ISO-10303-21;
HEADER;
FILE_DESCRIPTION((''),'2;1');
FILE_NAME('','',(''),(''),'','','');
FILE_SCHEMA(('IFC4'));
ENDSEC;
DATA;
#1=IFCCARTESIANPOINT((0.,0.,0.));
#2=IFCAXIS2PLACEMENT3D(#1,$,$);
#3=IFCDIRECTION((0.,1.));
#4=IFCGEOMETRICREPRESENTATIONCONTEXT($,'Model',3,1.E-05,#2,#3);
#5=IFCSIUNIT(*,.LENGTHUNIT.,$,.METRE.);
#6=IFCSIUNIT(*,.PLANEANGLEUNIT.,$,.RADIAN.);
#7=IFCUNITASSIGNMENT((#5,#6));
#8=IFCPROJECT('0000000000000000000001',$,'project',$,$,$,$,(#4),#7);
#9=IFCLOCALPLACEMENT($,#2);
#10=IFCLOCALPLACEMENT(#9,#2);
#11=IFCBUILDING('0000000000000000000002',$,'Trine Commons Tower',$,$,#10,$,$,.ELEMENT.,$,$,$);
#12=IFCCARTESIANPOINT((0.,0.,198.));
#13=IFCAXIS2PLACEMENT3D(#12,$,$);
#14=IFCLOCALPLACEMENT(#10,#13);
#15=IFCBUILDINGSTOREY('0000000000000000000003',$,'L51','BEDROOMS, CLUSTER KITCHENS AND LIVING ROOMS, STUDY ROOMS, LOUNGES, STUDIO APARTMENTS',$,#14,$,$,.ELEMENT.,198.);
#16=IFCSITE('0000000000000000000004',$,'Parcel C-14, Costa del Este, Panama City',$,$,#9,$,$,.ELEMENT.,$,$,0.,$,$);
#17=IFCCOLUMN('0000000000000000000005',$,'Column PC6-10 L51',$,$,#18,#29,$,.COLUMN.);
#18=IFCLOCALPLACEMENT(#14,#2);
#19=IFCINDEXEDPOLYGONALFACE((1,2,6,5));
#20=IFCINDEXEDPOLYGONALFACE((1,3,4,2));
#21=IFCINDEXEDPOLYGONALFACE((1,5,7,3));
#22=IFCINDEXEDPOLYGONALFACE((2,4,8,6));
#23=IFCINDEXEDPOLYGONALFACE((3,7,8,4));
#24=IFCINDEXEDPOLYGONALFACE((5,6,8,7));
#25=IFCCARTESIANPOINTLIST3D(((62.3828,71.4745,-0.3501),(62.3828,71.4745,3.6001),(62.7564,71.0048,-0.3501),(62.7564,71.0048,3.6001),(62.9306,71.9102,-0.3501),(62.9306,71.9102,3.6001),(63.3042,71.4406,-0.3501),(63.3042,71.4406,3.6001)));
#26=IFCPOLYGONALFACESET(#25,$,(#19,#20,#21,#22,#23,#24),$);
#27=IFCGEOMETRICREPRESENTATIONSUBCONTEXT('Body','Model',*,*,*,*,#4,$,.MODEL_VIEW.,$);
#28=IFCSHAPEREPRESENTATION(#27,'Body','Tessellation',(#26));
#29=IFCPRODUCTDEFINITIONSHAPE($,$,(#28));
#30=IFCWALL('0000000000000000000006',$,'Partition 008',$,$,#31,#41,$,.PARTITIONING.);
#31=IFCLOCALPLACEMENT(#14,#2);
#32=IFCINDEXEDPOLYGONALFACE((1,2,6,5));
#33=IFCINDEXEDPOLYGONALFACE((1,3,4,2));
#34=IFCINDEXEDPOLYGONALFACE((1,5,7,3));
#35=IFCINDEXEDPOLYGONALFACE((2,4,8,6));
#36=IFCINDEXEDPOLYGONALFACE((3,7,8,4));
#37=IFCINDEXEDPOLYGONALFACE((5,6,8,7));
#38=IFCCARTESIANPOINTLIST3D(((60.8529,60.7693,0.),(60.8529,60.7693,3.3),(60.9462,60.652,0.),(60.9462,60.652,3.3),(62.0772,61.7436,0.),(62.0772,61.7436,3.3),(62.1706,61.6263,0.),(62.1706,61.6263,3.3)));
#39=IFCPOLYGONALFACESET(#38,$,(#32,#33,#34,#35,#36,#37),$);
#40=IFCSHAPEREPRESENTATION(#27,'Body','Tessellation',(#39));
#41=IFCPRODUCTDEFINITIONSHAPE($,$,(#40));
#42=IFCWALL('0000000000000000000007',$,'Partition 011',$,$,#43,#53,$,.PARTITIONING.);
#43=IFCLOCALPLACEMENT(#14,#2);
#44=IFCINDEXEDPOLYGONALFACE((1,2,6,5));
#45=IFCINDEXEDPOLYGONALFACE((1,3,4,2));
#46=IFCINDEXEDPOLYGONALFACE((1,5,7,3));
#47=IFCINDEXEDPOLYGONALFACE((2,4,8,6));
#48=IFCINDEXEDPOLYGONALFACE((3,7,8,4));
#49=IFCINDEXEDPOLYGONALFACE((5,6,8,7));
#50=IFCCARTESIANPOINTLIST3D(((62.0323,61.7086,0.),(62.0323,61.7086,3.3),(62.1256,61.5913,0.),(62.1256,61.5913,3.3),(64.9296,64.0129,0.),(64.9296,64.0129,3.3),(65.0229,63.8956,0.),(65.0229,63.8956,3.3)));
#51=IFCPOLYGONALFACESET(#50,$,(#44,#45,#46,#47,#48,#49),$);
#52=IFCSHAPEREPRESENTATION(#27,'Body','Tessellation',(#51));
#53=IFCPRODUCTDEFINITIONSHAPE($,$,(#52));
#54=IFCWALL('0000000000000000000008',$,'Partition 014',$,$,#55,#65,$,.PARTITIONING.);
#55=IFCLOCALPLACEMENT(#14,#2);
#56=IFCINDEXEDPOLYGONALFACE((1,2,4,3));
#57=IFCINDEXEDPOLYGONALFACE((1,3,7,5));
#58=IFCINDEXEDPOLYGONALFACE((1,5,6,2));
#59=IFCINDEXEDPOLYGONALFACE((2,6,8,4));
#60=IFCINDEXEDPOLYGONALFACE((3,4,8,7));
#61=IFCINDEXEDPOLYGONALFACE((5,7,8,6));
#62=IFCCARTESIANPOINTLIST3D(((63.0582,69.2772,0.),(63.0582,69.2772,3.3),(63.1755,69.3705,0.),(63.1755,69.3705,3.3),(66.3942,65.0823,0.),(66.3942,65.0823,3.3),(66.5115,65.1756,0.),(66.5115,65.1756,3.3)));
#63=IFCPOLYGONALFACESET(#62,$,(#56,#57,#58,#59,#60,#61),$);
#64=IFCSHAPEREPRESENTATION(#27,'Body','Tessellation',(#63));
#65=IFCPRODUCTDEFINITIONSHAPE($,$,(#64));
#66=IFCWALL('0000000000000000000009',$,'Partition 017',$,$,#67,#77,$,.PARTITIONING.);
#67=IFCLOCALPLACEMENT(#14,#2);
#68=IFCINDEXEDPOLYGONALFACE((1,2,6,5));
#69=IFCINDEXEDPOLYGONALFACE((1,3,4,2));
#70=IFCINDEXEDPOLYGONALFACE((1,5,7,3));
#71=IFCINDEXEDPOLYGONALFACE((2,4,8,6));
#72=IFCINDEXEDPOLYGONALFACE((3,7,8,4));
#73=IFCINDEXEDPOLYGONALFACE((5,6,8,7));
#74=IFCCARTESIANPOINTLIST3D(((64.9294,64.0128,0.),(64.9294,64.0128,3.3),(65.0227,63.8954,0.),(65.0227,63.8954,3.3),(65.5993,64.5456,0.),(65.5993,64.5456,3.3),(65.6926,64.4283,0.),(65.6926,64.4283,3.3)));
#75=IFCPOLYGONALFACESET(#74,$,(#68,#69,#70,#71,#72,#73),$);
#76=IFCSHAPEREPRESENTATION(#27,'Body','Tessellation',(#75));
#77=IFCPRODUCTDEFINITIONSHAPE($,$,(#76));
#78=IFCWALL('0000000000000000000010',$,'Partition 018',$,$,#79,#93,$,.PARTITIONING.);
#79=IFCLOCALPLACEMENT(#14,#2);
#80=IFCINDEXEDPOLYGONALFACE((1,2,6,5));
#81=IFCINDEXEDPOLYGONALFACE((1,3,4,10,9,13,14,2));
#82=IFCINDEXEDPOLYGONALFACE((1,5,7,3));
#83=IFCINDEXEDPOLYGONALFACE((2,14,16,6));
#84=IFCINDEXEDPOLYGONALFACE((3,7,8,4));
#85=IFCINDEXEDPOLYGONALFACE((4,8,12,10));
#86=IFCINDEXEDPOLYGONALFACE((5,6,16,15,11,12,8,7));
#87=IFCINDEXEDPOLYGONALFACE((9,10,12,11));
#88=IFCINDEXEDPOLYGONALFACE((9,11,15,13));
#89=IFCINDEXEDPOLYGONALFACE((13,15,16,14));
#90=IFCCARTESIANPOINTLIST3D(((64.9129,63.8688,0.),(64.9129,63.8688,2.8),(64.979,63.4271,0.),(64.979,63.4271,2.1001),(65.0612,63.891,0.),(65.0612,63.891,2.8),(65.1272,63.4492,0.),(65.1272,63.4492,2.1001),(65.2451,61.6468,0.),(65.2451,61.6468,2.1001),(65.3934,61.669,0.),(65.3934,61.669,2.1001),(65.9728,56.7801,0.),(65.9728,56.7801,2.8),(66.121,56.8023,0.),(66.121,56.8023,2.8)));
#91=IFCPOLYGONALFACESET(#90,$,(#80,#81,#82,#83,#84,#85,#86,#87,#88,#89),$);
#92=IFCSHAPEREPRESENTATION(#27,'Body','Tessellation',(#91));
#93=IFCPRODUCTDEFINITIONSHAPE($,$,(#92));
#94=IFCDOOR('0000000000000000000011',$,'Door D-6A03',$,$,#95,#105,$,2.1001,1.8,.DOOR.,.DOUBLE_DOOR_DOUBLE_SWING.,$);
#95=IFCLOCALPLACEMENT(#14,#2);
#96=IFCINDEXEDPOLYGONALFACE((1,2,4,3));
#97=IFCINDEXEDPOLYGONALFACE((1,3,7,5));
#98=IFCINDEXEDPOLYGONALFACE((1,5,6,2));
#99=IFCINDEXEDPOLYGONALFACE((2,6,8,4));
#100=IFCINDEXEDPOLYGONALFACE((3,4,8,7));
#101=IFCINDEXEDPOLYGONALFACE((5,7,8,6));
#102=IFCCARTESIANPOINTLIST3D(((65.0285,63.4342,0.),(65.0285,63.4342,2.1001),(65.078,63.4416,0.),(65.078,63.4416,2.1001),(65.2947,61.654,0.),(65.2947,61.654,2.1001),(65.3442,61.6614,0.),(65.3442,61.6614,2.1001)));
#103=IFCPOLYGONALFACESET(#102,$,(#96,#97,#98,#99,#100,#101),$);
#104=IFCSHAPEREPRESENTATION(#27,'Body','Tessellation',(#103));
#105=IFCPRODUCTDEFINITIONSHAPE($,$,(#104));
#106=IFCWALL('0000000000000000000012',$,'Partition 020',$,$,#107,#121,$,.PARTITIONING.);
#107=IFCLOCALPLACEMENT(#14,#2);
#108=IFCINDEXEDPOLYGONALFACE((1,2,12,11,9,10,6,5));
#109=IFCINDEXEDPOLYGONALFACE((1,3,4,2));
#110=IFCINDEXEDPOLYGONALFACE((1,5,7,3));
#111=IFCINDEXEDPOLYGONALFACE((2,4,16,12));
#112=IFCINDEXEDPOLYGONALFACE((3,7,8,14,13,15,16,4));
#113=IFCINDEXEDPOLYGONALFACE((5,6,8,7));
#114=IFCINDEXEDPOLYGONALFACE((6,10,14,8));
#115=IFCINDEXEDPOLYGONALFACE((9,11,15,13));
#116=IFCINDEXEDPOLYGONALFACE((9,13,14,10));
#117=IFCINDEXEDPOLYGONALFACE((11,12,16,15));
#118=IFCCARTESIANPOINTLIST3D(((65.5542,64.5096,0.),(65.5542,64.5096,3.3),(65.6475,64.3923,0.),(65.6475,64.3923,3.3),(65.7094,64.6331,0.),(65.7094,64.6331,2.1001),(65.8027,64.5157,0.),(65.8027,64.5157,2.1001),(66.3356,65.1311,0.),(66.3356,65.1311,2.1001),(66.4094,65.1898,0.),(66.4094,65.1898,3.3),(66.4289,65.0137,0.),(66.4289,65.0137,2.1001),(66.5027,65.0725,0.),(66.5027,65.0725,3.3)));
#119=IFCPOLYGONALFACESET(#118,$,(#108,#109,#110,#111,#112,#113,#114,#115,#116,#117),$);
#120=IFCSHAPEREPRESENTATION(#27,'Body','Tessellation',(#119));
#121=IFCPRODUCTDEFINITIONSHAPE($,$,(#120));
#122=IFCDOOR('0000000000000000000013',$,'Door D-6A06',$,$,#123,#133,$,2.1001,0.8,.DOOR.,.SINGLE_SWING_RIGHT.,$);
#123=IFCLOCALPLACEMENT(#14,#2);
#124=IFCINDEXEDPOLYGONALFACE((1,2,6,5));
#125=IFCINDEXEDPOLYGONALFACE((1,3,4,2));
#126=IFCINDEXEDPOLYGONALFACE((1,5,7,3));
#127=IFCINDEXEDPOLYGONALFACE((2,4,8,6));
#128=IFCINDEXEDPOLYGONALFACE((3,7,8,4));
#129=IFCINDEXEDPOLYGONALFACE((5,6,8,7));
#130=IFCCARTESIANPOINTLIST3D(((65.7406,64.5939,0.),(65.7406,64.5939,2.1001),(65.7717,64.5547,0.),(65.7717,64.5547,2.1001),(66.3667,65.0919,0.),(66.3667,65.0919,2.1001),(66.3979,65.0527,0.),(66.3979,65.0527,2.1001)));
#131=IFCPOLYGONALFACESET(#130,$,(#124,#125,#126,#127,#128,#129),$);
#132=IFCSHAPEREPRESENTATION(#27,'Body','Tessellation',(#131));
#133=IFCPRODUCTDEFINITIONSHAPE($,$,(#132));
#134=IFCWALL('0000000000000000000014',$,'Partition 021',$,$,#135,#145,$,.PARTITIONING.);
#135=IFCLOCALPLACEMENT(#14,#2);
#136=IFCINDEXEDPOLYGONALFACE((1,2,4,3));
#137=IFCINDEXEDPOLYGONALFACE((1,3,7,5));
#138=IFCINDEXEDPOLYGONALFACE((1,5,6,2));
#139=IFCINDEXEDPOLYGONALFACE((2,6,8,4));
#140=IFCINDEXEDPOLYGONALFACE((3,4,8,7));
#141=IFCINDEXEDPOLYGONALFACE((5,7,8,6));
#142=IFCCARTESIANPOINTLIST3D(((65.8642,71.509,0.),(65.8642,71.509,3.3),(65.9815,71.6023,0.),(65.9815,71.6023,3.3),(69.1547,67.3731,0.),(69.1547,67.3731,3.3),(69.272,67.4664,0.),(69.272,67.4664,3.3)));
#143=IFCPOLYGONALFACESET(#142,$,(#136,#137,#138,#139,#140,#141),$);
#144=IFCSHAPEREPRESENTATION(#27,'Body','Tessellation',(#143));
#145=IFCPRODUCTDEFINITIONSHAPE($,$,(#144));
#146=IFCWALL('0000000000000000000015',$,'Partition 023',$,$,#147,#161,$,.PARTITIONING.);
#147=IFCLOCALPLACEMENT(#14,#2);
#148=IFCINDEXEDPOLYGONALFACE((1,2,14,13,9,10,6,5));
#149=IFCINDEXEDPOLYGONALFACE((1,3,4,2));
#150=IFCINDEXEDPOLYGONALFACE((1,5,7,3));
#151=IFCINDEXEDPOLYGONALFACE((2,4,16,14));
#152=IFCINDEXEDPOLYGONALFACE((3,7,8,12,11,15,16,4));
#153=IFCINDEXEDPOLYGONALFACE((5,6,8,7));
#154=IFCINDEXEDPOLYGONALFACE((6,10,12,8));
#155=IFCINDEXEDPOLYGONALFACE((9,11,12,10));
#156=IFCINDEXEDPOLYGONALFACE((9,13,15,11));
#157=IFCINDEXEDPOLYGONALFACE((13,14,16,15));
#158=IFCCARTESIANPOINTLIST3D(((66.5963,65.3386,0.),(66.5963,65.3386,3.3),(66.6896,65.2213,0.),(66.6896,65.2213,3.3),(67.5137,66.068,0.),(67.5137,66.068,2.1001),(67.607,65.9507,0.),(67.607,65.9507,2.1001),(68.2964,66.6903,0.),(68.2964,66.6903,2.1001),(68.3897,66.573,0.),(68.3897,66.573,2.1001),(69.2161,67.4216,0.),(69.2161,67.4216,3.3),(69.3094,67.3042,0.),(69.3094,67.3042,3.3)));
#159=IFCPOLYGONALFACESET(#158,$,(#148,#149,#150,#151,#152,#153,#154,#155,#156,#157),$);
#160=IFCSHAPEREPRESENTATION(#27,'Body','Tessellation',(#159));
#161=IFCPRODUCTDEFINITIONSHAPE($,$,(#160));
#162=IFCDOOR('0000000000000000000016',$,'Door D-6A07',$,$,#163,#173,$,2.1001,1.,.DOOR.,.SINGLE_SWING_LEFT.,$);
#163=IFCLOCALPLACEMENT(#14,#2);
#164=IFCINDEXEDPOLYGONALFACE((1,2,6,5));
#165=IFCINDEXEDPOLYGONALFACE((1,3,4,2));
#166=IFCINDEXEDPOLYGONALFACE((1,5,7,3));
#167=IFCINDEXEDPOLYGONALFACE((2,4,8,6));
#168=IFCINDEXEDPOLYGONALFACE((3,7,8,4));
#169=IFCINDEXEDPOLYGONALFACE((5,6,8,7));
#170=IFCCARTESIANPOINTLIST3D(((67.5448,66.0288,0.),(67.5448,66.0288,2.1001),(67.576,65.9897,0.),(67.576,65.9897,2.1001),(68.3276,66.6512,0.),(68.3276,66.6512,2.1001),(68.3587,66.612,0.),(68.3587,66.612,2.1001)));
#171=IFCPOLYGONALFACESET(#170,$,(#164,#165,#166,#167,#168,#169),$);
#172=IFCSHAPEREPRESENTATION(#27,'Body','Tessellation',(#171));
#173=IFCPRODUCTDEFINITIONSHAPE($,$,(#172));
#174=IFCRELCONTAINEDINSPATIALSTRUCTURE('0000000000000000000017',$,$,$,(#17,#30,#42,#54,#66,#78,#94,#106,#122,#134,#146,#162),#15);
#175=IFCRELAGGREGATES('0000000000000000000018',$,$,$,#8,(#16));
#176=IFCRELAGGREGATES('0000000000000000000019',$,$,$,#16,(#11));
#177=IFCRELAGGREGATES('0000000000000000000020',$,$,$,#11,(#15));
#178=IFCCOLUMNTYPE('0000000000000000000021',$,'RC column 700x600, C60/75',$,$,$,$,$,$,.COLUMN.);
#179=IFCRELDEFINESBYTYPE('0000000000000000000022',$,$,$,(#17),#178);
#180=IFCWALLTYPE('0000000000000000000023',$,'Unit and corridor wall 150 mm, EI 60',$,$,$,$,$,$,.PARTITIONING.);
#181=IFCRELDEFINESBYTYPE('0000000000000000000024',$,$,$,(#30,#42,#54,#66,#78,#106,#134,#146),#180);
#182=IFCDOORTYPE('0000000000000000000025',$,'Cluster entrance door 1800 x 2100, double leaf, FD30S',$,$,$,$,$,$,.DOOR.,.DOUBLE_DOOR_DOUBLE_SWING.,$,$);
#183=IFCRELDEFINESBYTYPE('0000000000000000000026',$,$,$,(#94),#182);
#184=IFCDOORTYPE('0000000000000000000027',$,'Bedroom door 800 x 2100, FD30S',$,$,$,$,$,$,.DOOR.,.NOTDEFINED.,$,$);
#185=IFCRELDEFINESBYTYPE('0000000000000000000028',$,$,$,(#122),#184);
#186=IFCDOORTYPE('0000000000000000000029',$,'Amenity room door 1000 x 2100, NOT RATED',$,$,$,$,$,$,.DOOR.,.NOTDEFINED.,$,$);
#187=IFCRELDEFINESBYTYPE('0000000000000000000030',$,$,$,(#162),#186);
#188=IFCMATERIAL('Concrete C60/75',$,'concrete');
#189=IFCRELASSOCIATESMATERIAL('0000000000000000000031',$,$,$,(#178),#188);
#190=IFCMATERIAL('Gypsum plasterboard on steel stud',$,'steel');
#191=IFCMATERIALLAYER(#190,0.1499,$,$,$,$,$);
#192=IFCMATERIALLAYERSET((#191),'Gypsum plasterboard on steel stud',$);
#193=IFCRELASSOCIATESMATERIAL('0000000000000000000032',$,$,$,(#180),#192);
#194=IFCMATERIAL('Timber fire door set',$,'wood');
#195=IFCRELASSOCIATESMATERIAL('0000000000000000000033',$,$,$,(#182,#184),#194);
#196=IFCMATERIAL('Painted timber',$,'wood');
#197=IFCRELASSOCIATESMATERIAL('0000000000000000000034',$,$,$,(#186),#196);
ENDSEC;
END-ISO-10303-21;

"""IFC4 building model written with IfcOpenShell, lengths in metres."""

from ifc_helpers import new_model, si_unit, direction, frame, frame_2d, origin, origin_2d, place, context, subcontext, project, spatial, rectangle, extrude, material, layer, layer_set, material_profile, profile_set, type_object, element, fill, save


model = new_model("IFC4")

# Units and contexts
model_context = context("Model", 3, precision=1e-05, world=origin(), true_north=direction((0.0, 1.0)))
body_context = subcontext(model_context, "Body", "Model", "MODEL_VIEW")
ifc_project = project(units=[si_unit("LENGTHUNIT", "METRE"), si_unit("PLANEANGLEUNIT", "RADIAN")], contexts=[model_context])

# Site, building, storey
site_placement = place(None, origin())
site = spatial("IfcSite", under=ifc_project, at=site_placement, Name="Parcel C-14, Costa del Este, Panama City", CompositionType="ELEMENT", RefElevation=0.0)
building_placement = place(site_placement, origin())
building = spatial("IfcBuilding", under=site, at=building_placement, Name="Trine Commons Tower", CompositionType="ELEMENT")
storey_placement = place(building_placement, frame((0.0, 0.0, 198.0)))
storey = spatial("IfcBuildingStorey", under=building, at=storey_placement, Name="L51", Description="BEDROOMS, CLUSTER KITCHENS AND LIVING ROOMS, STUDY ROOMS, LOUNGES, STUDIO APARTMENTS", CompositionType="ELEMENT", Elevation=198.0)

# Column
ifc_material_1 = material(Name="Concrete C60/75", Category="concrete")
ifc_material_profile = material_profile(ifc_material_1, rectangle(XDim=0.7, YDim=0.6001, at=origin_2d()), Name="RC 700x600")
ifc_profile_set = profile_set([ifc_material_profile], Name="Concrete C60/75")
column_type = type_object("IfcColumnType", Name="RC column 700x600, C60/75", PredefinedType="COLUMN", material=ifc_profile_set)
column_placement = place(storey_placement, frame((62.8435, 71.4575, -0.3501), z_axis=(0.0, 0.0, 1.0), x_axis=(0.782608, 0.622515, 0.0)))
element("IfcColumn", 1, at=column_placement, inside=storey, type_object=column_type, Name="Column PC6-10 L51", PredefinedType="COLUMN", context=body_context, shape_type="SweptSolid", body=[
    extrude(rectangle(XDim=0.7, YDim=0.6001, at=origin_2d()), origin(), (0.0, 0.0, 1.0), 3.9502),
])

# Walls
ifc_material_2 = material(Name="Gypsum plasterboard on steel stud", Category="steel")
ifc_layer_1 = layer(ifc_material_2, 0.1499)
ifc_layer_set_1 = layer_set([ifc_layer_1], Name="Gypsum plasterboard on steel stud")
wall_type_1 = type_object("IfcWallType", Name="Unit and corridor wall 150 mm, EI 60", PredefinedType="PARTITIONING", material=ifc_layer_set_1)
wall_1_placement = place(storey_placement, frame((60.8997, 60.7107, 0.0), z_axis=(0.0, 0.0, 1.0), x_axis=(0.782465, 0.622695, 0.0)))
element("IfcWall", 2, at=wall_1_placement, inside=storey, type_object=wall_type_1, Name="Partition 008", PredefinedType="PARTITIONING", context=body_context, shape_type="SweptSolid", body=[
    extrude(rectangle(XDim=1.5647, YDim=0.1499, at=frame_2d((0.7822, 0.0))), origin(), (0.0, 0.0, 1.0), 3.3),
])
wall_2_placement = place(storey_placement, frame((62.0789, 61.6499, 0.0), z_axis=(0.0, 0.0, 1.0), x_axis=(0.782654, 0.622457, 0.0)))
element("IfcWall", 3, at=wall_2_placement, inside=storey, type_object=wall_type_1, Name="Partition 011", PredefinedType="PARTITIONING", context=body_context, shape_type="SweptSolid", body=[
    extrude(rectangle(XDim=3.7019, YDim=0.1499, at=frame_2d((1.8511, 0.0))), origin(), (0.0, 0.0, 1.0), 3.3),
])
wall_3_placement = place(storey_placement, frame((63.1169, 69.3237, 0.0), z_axis=(0.0, 0.0, 1.0), x_axis=(0.622426, -0.782679, 0.0)))
element("IfcWall", 4, at=wall_3_placement, inside=storey, type_object=wall_type_1, Name="Partition 014", PredefinedType="PARTITIONING", context=body_context, shape_type="SweptSolid", body=[
    extrude(rectangle(XDim=5.3596, YDim=0.1499, at=frame_2d((2.6797, 0.0))), origin(), (0.0, 0.0, 1.0), 3.3),
])
wall_4_placement = place(storey_placement, frame((64.9761, 63.9541, 0.0), z_axis=(0.0, 0.0, 1.0), x_axis=(0.782563, 0.622571, 0.0)))
element("IfcWall", 5, at=wall_4_placement, inside=storey, type_object=wall_type_1, Name="Partition 017", PredefinedType="PARTITIONING", context=body_context, shape_type="SweptSolid", body=[
    extrude(rectangle(XDim=0.856, YDim=0.1499, at=frame_2d((0.428, 0.0))), origin(), (0.0, 0.0, 1.0), 3.3),
])

# Walls, openings, doors
wall_5_placement = place(storey_placement, frame((64.9871, 63.8799, 0.0), z_axis=(0.0, 0.0, 1.0), x_axis=(0.147866, -0.989007, 0.0)))
wall_5 = element("IfcWall", 6, at=wall_5_placement, inside=storey, type_object=wall_type_1, Name="Partition 018", PredefinedType="PARTITIONING", context=body_context, shape_type="SweptSolid", body=[
    extrude(rectangle(XDim=7.1675, YDim=0.1499, at=frame_2d((3.5837, 0.0))), origin(), (0.0, 0.0, 1.0), 2.8),
])
opening_1_placement = place(wall_5_placement, frame((0.4468, 0.0, 0.0)))
opening_1 = element("IfcOpeningElement", 7, at=opening_1_placement, cuts=wall_5, PredefinedType="OPENING", context=body_context, shape_type="SweptSolid", body=[
    extrude(rectangle(XDim=1.8, YDim=2.1001, at=frame_2d((0.8999, 1.05))), frame((0.0, 0.085, 0.0), z_axis=(0.0, -1.0, 0.0), x_axis=(1.0, 0.0, 0.0)), (0.0, 0.0, 1.0), 0.1699),
])
ifc_material_3 = material(Name="Timber fire door set", Category="wood")
door_type_1 = type_object("IfcDoorType", Name="Cluster entrance door 1800 x 2100, double leaf, FD30S", OperationType="DOUBLE_DOOR_DOUBLE_SWING", PredefinedType="DOOR", material=ifc_material_3)
door_1_placement = place(opening_1_placement, frame((1.8, 0.0, 0.0), z_axis=(0.0, 0.0, 1.0), x_axis=(-1.0, 0.0, 0.0)))
door_1 = element("IfcDoor", 8, at=door_1_placement, inside=storey, type_object=door_type_1, Name="Door D-6A03", OperationType="DOUBLE_DOOR_DOUBLE_SWING", OverallHeight=2.1001, OverallWidth=1.8, PredefinedType="DOOR", context=body_context, shape_type="SweptSolid", body=[
    extrude(rectangle(XDim=1.8, YDim=2.1001, at=frame_2d((0.8999, 1.05))), frame((0.0, 0.0249, 0.0), z_axis=(0.0, -1.0, 0.0), x_axis=(1.0, 0.0, 0.0)), (0.0, 0.0, 1.0), 0.05),
])
fill(opening_1, door_1)
wall_6_placement = place(storey_placement, frame((65.6008, 64.4509, 0.0), z_axis=(0.0, 0.0, 1.0), x_axis=(0.782653, 0.622458, 0.0)))
wall_6 = element("IfcWall", 9, at=wall_6_placement, inside=storey, type_object=wall_type_1, Name="Partition 020", PredefinedType="PARTITIONING", context=body_context, shape_type="SweptSolid", body=[
    extrude(rectangle(XDim=1.0928, YDim=0.1499, at=frame_2d((0.5464, 0.0))), origin(), (0.0, 0.0, 1.0), 3.3),
])
opening_2_placement = place(wall_6_placement, frame((0.1985, 0.0, 0.0)))
opening_2 = element("IfcOpeningElement", 10, at=opening_2_placement, cuts=wall_6, PredefinedType="OPENING", context=body_context, shape_type="SweptSolid", body=[
    extrude(rectangle(XDim=0.8, YDim=2.1001, at=frame_2d((0.3999, 1.05))), frame((0.0, 0.085, 0.0), z_axis=(0.0, -1.0, 0.0), x_axis=(1.0, 0.0, 0.0)), (0.0, 0.0, 1.0), 0.1699),
])
door_type_2 = type_object("IfcDoorType", Name="Bedroom door 800 x 2100, FD30S", OperationType="NOTDEFINED", PredefinedType="DOOR", material=ifc_material_3)
door_2_placement = place(opening_2_placement, origin())
door_2 = element("IfcDoor", 11, at=door_2_placement, inside=storey, type_object=door_type_2, Name="Door D-6A06", OperationType="SINGLE_SWING_RIGHT", OverallHeight=2.1001, OverallWidth=0.8, PredefinedType="DOOR", context=body_context, shape_type="SweptSolid", body=[
    extrude(rectangle(XDim=0.8, YDim=2.1001, at=frame_2d((0.3999, 1.05))), frame((0.0, 0.0249, 0.0), z_axis=(0.0, -1.0, 0.0), x_axis=(1.0, 0.0, 0.0)), (0.0, 0.0, 1.0), 0.05),
])
fill(opening_2, door_2)

# Wall
wall_7_placement = place(storey_placement, frame((65.9229, 71.5557, 0.0), z_axis=(0.0, 0.0, 1.0), x_axis=(0.622586, -0.782551, 0.0)))
element("IfcWall", 12, at=wall_7_placement, inside=storey, type_object=wall_type_1, Name="Partition 021", PredefinedType="PARTITIONING", context=body_context, shape_type="SweptSolid", body=[
    extrude(rectangle(XDim=5.2852, YDim=0.1499, at=frame_2d((2.6426, 0.0))), origin(), (0.0, 0.0, 1.0), 3.3),
])

# Wall, opening, door
wall_8_placement = place(storey_placement, frame((66.6431, 65.28, 0.0), z_axis=(0.0, 0.0, 1.0), x_axis=(0.782744, 0.622344, 0.0)))
wall_8 = element("IfcWall", 13, at=wall_8_placement, inside=storey, type_object=wall_type_1, Name="Partition 023", PredefinedType="PARTITIONING", context=body_context, shape_type="SweptSolid", body=[
    extrude(rectangle(XDim=3.3469, YDim=0.1499, at=frame_2d((1.6733, 0.0))), origin(), (0.0, 0.0, 1.0), 3.3),
])
opening_3_placement = place(wall_8_placement, frame((1.1719, 0.0, 0.0)))
opening_3 = element("IfcOpeningElement", 14, at=opening_3_placement, cuts=wall_8, PredefinedType="OPENING", context=body_context, shape_type="SweptSolid", body=[
    extrude(rectangle(XDim=1.0, YDim=2.1001, at=frame_2d((0.5, 1.05))), frame((0.0, 0.085, 0.0), z_axis=(0.0, -1.0, 0.0), x_axis=(1.0, 0.0, 0.0)), (0.0, 0.0, 1.0), 0.1699),
])
ifc_material_4 = material(Name="Painted timber", Category="wood")
door_type_3 = type_object("IfcDoorType", Name="Amenity room door 1000 x 2100, NOT RATED", OperationType="NOTDEFINED", PredefinedType="DOOR", material=ifc_material_4)
door_3_placement = place(opening_3_placement, origin())
door_3 = element("IfcDoor", 15, at=door_3_placement, inside=storey, type_object=door_type_3, Name="Door D-6A07", OperationType="SINGLE_SWING_LEFT", OverallHeight=2.1001, OverallWidth=1.0, PredefinedType="DOOR", context=body_context, shape_type="SweptSolid", body=[
    extrude(rectangle(XDim=1.0, YDim=2.1001, at=frame_2d((0.5, 1.05))), frame((0.0, 0.0249, 0.0), z_axis=(0.0, -1.0, 0.0), x_axis=(1.0, 0.0, 0.0)), (0.0, 0.0, 1.0), 0.05),
])
fill(opening_3, door_3)

save(model, "model.ifc")
